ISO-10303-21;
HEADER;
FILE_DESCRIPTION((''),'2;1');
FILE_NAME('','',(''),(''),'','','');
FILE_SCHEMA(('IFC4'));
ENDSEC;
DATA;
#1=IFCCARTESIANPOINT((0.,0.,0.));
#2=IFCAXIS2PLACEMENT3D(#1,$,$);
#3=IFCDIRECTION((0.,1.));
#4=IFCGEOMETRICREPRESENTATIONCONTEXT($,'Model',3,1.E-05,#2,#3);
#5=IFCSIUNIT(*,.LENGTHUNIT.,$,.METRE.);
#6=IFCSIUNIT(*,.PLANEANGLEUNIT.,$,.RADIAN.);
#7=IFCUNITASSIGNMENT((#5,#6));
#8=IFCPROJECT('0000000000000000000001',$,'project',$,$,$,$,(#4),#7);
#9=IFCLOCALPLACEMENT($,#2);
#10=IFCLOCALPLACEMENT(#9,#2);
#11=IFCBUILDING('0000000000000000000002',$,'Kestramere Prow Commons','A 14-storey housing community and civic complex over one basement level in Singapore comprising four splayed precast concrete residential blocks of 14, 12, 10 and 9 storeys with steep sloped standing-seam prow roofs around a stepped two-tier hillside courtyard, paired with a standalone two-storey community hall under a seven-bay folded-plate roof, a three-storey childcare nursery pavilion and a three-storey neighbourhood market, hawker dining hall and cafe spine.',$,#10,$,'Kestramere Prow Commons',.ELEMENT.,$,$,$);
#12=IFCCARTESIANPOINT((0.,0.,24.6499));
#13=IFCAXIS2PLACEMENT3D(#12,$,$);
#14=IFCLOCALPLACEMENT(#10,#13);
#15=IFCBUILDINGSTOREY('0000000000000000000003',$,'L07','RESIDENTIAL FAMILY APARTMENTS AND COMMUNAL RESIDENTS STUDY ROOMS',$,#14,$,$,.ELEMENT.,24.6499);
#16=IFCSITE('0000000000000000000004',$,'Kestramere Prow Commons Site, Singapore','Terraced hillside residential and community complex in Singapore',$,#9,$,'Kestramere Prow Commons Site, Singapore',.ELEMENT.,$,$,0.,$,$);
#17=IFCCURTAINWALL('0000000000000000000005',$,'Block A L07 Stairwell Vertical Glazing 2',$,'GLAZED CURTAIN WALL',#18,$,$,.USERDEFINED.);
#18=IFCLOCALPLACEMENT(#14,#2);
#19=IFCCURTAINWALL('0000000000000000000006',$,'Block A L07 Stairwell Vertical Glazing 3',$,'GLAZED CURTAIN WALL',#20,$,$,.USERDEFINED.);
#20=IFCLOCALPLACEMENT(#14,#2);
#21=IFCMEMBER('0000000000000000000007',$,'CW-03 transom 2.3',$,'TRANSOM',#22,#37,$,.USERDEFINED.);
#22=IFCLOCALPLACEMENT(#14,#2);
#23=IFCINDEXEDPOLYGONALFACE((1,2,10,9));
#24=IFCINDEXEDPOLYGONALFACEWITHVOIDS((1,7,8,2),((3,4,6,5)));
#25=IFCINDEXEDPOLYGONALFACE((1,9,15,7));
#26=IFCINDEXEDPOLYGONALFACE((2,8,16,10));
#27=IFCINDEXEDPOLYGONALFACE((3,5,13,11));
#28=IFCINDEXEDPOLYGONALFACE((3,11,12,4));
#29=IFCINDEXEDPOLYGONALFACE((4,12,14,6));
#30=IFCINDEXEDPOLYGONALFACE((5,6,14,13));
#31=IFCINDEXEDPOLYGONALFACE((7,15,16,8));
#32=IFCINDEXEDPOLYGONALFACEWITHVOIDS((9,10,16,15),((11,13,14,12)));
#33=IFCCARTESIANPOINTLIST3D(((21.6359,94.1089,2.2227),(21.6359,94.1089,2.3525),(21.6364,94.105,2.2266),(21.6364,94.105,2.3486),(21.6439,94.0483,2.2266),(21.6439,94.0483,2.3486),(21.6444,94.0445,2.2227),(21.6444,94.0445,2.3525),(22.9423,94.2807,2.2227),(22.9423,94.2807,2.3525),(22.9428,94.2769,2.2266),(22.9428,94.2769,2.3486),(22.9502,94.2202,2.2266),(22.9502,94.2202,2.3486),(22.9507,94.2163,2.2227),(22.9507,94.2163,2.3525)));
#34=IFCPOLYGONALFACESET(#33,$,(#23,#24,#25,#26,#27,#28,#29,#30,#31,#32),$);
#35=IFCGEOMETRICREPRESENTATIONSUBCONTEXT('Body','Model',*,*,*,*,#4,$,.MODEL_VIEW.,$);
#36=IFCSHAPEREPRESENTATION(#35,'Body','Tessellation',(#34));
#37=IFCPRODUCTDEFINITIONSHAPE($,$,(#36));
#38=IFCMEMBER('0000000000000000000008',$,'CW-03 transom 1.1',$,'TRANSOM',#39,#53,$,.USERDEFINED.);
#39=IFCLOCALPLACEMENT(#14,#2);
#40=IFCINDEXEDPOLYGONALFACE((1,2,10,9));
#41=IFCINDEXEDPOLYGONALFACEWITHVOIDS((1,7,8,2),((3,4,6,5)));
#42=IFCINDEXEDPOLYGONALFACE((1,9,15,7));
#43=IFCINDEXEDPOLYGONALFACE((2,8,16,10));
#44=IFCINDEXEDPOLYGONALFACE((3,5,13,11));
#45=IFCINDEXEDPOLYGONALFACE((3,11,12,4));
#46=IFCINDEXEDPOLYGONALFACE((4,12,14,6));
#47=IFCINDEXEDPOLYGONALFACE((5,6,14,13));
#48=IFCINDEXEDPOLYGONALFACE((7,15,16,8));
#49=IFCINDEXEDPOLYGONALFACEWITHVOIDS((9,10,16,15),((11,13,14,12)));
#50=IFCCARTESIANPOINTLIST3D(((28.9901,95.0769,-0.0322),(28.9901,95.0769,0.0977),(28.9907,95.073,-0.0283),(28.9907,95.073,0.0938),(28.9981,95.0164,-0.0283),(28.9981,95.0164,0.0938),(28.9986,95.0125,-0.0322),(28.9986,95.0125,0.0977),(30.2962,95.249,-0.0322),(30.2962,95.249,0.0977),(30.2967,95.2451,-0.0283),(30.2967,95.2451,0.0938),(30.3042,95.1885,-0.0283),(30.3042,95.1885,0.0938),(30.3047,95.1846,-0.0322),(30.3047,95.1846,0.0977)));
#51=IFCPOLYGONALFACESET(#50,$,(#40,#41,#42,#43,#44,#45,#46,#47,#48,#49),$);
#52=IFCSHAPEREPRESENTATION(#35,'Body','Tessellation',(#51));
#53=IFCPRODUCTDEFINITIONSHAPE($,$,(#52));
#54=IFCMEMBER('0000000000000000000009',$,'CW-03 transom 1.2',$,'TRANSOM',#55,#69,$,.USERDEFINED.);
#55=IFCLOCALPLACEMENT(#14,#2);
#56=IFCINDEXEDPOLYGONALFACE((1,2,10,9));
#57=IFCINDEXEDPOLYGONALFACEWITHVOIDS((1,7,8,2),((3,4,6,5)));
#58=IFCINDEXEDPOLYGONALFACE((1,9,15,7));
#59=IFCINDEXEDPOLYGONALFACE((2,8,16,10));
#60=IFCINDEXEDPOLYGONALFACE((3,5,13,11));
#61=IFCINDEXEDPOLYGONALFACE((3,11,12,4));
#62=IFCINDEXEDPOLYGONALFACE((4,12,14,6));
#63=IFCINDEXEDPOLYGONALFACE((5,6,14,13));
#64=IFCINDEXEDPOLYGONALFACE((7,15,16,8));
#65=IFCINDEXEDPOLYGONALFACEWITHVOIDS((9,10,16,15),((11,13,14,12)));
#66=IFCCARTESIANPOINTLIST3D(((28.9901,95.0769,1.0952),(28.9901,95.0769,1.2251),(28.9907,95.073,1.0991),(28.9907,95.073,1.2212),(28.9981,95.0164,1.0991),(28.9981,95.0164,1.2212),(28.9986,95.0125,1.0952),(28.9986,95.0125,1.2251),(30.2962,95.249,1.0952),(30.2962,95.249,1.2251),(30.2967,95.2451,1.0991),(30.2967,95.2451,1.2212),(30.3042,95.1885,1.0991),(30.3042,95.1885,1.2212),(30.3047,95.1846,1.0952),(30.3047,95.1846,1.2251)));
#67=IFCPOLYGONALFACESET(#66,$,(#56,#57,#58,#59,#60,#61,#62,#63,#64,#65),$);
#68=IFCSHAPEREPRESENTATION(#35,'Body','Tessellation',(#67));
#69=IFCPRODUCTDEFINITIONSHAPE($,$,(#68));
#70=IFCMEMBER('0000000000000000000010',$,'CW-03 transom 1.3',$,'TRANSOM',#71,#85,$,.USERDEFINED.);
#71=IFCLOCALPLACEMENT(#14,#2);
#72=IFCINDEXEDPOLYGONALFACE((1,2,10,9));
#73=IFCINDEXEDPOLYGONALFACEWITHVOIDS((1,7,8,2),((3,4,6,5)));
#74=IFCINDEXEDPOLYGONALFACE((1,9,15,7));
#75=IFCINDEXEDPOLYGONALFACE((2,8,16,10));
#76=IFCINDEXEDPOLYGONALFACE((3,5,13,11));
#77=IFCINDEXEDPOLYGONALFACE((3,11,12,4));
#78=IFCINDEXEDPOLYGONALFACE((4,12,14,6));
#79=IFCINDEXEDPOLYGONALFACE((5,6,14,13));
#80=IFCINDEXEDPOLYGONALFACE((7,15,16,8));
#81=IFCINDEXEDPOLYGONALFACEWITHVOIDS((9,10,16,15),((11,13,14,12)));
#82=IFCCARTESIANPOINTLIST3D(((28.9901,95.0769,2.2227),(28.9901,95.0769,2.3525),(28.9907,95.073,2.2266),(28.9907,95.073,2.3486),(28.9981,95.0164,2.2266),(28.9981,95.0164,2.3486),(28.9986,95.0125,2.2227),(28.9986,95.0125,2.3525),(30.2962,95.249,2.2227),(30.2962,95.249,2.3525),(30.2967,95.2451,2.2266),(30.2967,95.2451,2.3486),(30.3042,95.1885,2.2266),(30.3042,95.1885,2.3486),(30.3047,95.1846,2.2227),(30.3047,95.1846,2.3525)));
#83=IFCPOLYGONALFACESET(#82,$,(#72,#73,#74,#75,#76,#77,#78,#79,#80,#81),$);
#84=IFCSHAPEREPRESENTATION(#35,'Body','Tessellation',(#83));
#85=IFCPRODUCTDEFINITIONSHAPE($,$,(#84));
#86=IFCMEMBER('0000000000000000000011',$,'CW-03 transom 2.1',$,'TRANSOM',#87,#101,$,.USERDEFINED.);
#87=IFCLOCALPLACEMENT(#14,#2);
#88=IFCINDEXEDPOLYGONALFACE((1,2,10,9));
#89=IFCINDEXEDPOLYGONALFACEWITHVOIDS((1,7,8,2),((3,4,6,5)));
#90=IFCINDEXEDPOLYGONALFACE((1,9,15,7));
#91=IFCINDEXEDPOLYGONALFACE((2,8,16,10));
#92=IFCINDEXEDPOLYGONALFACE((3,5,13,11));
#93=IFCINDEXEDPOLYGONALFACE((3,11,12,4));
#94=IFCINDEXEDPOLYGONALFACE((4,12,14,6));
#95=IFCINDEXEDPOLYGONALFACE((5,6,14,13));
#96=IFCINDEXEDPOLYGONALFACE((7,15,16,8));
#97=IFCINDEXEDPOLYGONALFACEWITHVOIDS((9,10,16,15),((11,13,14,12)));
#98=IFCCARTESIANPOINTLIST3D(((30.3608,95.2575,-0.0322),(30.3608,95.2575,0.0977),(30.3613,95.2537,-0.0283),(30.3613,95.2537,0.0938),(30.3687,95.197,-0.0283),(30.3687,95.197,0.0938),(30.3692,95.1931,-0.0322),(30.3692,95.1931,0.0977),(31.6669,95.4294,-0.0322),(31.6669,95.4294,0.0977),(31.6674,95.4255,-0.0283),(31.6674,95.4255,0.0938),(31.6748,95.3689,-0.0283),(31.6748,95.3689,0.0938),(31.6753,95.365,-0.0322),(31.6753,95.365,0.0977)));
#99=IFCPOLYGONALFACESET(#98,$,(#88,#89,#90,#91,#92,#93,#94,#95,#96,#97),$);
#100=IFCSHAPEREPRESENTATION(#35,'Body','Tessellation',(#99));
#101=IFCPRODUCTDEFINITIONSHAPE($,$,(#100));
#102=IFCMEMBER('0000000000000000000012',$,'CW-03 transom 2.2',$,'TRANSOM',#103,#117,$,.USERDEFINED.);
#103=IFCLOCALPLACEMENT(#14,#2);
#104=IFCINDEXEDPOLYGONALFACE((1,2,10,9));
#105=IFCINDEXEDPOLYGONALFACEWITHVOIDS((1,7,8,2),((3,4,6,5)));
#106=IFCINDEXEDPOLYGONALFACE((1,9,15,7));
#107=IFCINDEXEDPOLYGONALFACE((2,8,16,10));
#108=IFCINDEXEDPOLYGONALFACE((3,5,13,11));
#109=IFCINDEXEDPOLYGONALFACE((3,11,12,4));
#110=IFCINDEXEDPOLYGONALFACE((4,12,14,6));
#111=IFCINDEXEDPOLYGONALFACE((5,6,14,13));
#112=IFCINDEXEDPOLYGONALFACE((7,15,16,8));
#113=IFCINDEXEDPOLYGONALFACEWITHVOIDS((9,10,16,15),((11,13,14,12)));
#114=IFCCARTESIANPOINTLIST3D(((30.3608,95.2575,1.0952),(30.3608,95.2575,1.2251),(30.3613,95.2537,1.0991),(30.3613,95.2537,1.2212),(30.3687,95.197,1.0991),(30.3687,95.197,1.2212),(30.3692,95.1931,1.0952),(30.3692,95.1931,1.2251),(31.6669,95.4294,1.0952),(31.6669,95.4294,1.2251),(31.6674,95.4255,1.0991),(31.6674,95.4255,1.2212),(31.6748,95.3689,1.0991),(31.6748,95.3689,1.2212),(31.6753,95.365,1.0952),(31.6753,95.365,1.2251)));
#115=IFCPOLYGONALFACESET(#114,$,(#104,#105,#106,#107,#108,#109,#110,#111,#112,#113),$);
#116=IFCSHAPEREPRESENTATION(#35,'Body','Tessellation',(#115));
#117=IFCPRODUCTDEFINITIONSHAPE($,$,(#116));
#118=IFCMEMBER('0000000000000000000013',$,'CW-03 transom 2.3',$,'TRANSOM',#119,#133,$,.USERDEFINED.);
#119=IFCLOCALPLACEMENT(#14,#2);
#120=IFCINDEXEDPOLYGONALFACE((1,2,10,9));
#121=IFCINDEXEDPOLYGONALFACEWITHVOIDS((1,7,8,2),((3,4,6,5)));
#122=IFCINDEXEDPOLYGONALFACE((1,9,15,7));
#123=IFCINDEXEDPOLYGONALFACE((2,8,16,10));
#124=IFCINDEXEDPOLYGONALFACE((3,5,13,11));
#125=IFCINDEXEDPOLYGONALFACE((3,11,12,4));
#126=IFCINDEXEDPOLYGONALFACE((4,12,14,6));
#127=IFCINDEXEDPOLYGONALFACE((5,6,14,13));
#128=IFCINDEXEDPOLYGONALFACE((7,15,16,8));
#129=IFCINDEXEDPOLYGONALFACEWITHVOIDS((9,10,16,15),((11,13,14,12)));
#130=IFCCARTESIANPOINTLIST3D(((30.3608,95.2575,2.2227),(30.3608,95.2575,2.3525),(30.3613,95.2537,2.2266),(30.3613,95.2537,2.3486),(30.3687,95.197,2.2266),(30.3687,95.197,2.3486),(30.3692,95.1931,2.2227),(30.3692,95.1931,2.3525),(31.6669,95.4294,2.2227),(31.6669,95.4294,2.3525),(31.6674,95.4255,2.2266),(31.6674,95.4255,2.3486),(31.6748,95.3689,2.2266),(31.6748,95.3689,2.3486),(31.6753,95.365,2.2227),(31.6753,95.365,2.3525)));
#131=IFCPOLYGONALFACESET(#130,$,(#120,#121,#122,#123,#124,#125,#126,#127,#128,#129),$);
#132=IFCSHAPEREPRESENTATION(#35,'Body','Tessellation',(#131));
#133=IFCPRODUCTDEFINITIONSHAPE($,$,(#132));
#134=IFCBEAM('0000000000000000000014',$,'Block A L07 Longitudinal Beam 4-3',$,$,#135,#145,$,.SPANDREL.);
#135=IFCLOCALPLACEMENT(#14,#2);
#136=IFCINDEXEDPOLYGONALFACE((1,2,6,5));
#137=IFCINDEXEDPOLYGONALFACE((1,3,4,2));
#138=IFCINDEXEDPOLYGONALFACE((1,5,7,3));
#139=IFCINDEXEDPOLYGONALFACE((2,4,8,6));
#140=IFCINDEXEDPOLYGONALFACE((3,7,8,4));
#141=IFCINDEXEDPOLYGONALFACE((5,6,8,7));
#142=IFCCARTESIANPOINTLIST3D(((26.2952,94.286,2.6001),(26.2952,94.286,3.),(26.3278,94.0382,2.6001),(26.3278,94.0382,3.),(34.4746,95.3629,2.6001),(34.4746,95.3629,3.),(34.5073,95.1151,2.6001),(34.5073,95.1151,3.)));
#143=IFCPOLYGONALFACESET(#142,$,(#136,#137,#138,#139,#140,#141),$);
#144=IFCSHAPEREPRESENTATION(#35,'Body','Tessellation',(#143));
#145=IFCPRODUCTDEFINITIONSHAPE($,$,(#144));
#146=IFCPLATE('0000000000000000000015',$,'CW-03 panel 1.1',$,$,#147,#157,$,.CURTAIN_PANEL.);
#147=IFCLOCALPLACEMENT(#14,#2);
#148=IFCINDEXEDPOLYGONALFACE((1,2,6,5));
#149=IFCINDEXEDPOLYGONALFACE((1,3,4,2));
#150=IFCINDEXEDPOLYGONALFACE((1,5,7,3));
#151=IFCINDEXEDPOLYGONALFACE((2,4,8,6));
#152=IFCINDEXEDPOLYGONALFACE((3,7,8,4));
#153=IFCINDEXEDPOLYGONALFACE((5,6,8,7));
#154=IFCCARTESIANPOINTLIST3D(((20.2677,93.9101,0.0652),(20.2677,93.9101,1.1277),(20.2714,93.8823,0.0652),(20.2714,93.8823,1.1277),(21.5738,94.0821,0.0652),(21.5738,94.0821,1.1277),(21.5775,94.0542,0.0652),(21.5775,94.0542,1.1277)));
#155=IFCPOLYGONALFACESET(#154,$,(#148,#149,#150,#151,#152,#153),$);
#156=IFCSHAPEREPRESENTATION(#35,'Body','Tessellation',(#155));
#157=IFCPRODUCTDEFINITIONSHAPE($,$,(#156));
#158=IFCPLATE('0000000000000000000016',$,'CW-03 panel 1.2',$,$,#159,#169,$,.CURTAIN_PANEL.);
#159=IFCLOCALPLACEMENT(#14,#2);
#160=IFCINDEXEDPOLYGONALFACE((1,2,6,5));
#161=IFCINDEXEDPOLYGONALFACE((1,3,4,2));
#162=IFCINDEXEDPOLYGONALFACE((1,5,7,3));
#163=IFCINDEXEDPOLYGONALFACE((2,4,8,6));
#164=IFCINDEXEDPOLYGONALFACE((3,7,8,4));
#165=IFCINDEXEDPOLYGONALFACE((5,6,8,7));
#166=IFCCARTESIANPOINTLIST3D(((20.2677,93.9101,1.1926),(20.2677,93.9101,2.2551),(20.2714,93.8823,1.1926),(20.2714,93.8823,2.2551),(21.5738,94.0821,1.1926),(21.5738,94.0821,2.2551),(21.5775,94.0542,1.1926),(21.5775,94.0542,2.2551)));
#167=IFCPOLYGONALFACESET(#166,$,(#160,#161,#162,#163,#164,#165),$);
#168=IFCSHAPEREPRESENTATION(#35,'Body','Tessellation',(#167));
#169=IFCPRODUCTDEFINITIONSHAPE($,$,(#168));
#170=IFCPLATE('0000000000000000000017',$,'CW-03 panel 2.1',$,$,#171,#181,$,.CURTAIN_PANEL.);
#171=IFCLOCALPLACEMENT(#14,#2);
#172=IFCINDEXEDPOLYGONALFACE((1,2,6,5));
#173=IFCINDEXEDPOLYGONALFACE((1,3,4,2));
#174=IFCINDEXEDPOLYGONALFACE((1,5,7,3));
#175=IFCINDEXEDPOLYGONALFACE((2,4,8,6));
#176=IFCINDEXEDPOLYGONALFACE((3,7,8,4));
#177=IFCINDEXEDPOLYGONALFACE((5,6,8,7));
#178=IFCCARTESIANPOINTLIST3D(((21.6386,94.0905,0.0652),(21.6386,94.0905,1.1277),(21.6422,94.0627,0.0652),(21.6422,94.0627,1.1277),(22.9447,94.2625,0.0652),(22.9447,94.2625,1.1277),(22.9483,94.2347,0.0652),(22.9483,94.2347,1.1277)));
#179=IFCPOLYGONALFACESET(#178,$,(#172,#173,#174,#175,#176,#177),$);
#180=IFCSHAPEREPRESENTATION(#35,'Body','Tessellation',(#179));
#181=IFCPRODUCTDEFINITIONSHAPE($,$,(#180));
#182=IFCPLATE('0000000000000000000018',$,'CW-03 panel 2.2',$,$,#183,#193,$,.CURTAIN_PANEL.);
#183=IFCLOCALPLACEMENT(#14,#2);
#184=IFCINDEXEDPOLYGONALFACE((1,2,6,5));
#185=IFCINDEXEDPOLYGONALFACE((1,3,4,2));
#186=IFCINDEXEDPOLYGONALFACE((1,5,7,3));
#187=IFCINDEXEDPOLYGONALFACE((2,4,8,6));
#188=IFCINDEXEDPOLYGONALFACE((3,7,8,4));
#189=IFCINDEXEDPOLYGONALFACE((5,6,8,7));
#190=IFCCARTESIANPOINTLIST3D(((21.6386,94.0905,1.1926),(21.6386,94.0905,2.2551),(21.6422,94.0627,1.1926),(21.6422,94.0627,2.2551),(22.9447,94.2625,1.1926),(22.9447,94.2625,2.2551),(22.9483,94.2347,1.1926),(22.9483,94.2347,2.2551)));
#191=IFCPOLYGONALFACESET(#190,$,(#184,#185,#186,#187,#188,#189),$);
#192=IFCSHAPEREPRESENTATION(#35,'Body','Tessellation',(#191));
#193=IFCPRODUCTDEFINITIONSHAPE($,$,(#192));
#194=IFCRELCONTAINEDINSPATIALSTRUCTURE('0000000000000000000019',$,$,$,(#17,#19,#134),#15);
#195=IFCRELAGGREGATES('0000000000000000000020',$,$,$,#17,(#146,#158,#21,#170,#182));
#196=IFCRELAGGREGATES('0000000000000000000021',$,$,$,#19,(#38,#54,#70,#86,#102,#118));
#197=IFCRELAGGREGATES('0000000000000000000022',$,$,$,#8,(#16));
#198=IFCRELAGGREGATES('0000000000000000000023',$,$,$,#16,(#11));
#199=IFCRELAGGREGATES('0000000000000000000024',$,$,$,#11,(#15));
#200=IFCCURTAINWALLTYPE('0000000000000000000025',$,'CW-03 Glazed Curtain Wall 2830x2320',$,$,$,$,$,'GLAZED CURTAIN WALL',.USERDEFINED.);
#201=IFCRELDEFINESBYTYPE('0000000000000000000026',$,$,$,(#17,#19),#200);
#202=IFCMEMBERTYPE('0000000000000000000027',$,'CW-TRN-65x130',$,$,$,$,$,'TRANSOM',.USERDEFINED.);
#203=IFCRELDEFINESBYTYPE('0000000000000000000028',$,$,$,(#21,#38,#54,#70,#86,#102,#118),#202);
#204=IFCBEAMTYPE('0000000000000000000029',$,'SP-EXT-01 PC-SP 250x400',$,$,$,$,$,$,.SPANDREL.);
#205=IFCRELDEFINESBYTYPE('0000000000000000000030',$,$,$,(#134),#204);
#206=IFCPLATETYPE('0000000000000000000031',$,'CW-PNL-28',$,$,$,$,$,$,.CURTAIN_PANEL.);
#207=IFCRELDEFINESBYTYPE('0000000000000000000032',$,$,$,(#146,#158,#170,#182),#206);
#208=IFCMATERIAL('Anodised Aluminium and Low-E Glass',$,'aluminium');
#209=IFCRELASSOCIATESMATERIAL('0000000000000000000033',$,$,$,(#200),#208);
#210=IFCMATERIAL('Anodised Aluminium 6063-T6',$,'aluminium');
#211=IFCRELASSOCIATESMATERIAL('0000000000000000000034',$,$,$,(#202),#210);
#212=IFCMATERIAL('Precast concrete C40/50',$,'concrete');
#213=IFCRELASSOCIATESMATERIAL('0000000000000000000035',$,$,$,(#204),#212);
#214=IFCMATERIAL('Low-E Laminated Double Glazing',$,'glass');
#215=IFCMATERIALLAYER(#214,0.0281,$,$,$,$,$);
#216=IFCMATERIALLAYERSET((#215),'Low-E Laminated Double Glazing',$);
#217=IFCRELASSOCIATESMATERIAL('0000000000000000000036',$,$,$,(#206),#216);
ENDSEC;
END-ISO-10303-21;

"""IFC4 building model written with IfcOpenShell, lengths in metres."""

from ifc_helpers import new_model, si_unit, direction, frame, origin, origin_2d, place, context, subcontext, project, spatial, rectangle, hollow_rectangle, extrude, material, layer, layer_set, material_profile, profile_set, type_object, element, aggregate, save


model = new_model("IFC4")

# Units and contexts
model_context = context("Model", 3, precision=1e-05, world=origin(), true_north=direction((0.0, 1.0)))
body_context = subcontext(model_context, "Body", "Model", "MODEL_VIEW")
ifc_project = project(units=[si_unit("LENGTHUNIT", "METRE"), si_unit("PLANEANGLEUNIT", "RADIAN")], contexts=[model_context])

# Site, building, storey
site_placement = place(None, origin())
site = spatial("IfcSite", under=ifc_project, at=site_placement, Name="Kestramere Prow Commons Site, Singapore", Description="Terraced hillside residential and community complex in Singapore", LongName="Kestramere Prow Commons Site, Singapore", CompositionType="ELEMENT", RefElevation=0.0)
building_placement = place(site_placement, origin())
building = spatial("IfcBuilding", under=site, at=building_placement, Name="Kestramere Prow Commons", Description="A 14-storey housing community and civic complex over one basement level in Singapore comprising four splayed precast concrete residential blocks of 14, 12, 10 and 9 storeys with steep sloped standing-seam prow roofs around a stepped two-tier hillside courtyard, paired with a standalone two-storey community hall under a seven-bay folded-plate roof, a three-storey childcare nursery pavilion and a three-storey neighbourhood market, hawker dining hall and cafe spine.", LongName="Kestramere Prow Commons", CompositionType="ELEMENT")
storey_placement = place(building_placement, frame((0.0, 0.0, 24.6499)))
storey = spatial("IfcBuildingStorey", under=building, at=storey_placement, Name="L07", Description="RESIDENTIAL FAMILY APARTMENTS AND COMMUNAL RESIDENTS STUDY ROOMS", CompositionType="ELEMENT", Elevation=24.6499)

# Shared definitions
ifc_material_1 = material(Name="Precast concrete C40/50", Category="concrete")

# Curtain walls
ifc_material_2 = material(Name="Anodised Aluminium and Low-E Glass", Category="aluminium")
curtain_wall_type = type_object("IfcCurtainWallType", Name="CW-03 Glazed Curtain Wall 2830x2320", ElementType="GLAZED CURTAIN WALL", PredefinedType="USERDEFINED", material=ifc_material_2)
curtain_wall_1_placement = place(storey_placement, origin())
curtain_wall_1 = element("IfcCurtainWall", 1, at=curtain_wall_1_placement, inside=storey, type_object=curtain_wall_type, Name="Block A L07 Stairwell Vertical Glazing 2", ObjectType="GLAZED CURTAIN WALL", PredefinedType="USERDEFINED")
ifc_material_3 = material(Name="Anodised Aluminium 6063-T6", Category="aluminium")
curtain_wall_2_placement = place(storey_placement, origin())
curtain_wall_2 = element("IfcCurtainWall", 2, at=curtain_wall_2_placement, inside=storey, type_object=curtain_wall_type, Name="Block A L07 Stairwell Vertical Glazing 3", ObjectType="GLAZED CURTAIN WALL", PredefinedType="USERDEFINED")

# Members
ifc_material_profile_1 = material_profile(ifc_material_3, hollow_rectangle(XDim=0.0649, YDim=0.1299, WallThickness=0.0039, at=origin_2d()), Name="ALU-TRN 65x130")
ifc_profile_set_1 = profile_set([ifc_material_profile_1], Name="Anodised Aluminium 6063-T6")
member_type_1 = type_object("IfcMemberType", Name="CW-TRN-65x130", ElementType="TRANSOM", PredefinedType="USERDEFINED", material=ifc_profile_set_1)
member_1_placement = place(storey_placement, frame((21.6401, 94.0767, 2.2876), z_axis=(0.991456, 0.13044, 0.0), x_axis=(-0.13044, 0.991456, 0.0)))
member_1 = element("IfcMember", 3, at=member_1_placement, type_object=member_type_1, Name="CW-03 transom 2.3", ObjectType="TRANSOM", PredefinedType="USERDEFINED", context=body_context, shape_type="SweptSolid", body=[
    extrude(hollow_rectangle(XDim=0.0649, YDim=0.1299, WallThickness=0.0039, at=origin_2d()), origin(), (0.0, 0.0, 1.0), 1.3176),
])
member_2_placement = place(storey_placement, frame((28.9944, 95.0447, 0.0327), z_axis=(0.991429, 0.130646, 0.0), x_axis=(-0.130646, 0.991429, 0.0)))
member_2 = element("IfcMember", 4, at=member_2_placement, type_object=member_type_1, Name="CW-03 transom 1.1", ObjectType="TRANSOM", PredefinedType="USERDEFINED", context=body_context, shape_type="SweptSolid", body=[
    extrude(hollow_rectangle(XDim=0.0649, YDim=0.1299, WallThickness=0.0039, at=origin_2d()), origin(), (0.0, 0.0, 1.0), 1.3174),
])
member_3_placement = place(storey_placement, frame((28.9944, 95.0447, 1.1602), z_axis=(0.991429, 0.130646, 0.0), x_axis=(-0.130646, 0.991429, 0.0)))
member_3 = element("IfcMember", 5, at=member_3_placement, type_object=member_type_1, Name="CW-03 transom 1.2", ObjectType="TRANSOM", PredefinedType="USERDEFINED", context=body_context, shape_type="SweptSolid", body=[
    extrude(hollow_rectangle(XDim=0.0649, YDim=0.1299, WallThickness=0.0039, at=origin_2d()), origin(), (0.0, 0.0, 1.0), 1.3174),
])
member_4_placement = place(storey_placement, frame((28.9944, 95.0447, 2.2876), z_axis=(0.991429, 0.130646, 0.0), x_axis=(-0.130646, 0.991429, 0.0)))
member_4 = element("IfcMember", 6, at=member_4_placement, type_object=member_type_1, Name="CW-03 transom 1.3", ObjectType="TRANSOM", PredefinedType="USERDEFINED", context=body_context, shape_type="SweptSolid", body=[
    extrude(hollow_rectangle(XDim=0.0649, YDim=0.1299, WallThickness=0.0039, at=origin_2d()), origin(), (0.0, 0.0, 1.0), 1.3174),
])
member_5_placement = place(storey_placement, frame((30.365, 95.2253, 0.0327), z_axis=(0.991453, 0.130464, 0.0), x_axis=(-0.130464, 0.991453, 0.0)))
member_5 = element("IfcMember", 7, at=member_5_placement, type_object=member_type_1, Name="CW-03 transom 2.1", ObjectType="TRANSOM", PredefinedType="USERDEFINED", context=body_context, shape_type="SweptSolid", body=[
    extrude(hollow_rectangle(XDim=0.0649, YDim=0.1299, WallThickness=0.0039, at=origin_2d()), origin(), (0.0, 0.0, 1.0), 1.3174),
])
member_6_placement = place(storey_placement, frame((30.365, 95.2253, 1.1602), z_axis=(0.991453, 0.130464, 0.0), x_axis=(-0.130464, 0.991453, 0.0)))
member_6 = element("IfcMember", 8, at=member_6_placement, type_object=member_type_1, Name="CW-03 transom 2.2", ObjectType="TRANSOM", PredefinedType="USERDEFINED", context=body_context, shape_type="SweptSolid", body=[
    extrude(hollow_rectangle(XDim=0.0649, YDim=0.1299, WallThickness=0.0039, at=origin_2d()), origin(), (0.0, 0.0, 1.0), 1.3174),
])
member_7_placement = place(storey_placement, frame((30.365, 95.2253, 2.2876), z_axis=(0.991453, 0.130464, 0.0), x_axis=(-0.130464, 0.991453, 0.0)))
member_7 = element("IfcMember", 9, at=member_7_placement, type_object=member_type_1, Name="CW-03 transom 2.3", ObjectType="TRANSOM", PredefinedType="USERDEFINED", context=body_context, shape_type="SweptSolid", body=[
    extrude(hollow_rectangle(XDim=0.0649, YDim=0.1299, WallThickness=0.0039, at=origin_2d()), origin(), (0.0, 0.0, 1.0), 1.3174),
])

# Beam
ifc_material_profile_2 = material_profile(ifc_material_1, rectangle(XDim=0.25, YDim=0.3999, at=origin_2d()), Name="PC-SP 250x400")
ifc_profile_set_2 = profile_set([ifc_material_profile_2], Name="Precast concrete C40/50")
beam_type = type_object("IfcBeamType", Name="SP-EXT-01 PC-SP 250x400", PredefinedType="SPANDREL", material=ifc_profile_set_2)
beam_placement = place(storey_placement, frame((26.3115, 94.1621, 2.8), z_axis=(0.991444, 0.130533, 0.0), x_axis=(-0.130533, 0.991444, 0.0)))
element("IfcBeam", 10, at=beam_placement, inside=storey, type_object=beam_type, Name="Block A L07 Longitudinal Beam 4-3", PredefinedType="SPANDREL", context=body_context, shape_type="SweptSolid", body=[
    extrude(rectangle(XDim=0.25, YDim=0.3999, at=origin_2d()), origin(), (0.0, 0.0, 1.0), 8.25),
])

# Plates
ifc_material_4 = material(Name="Low-E Laminated Double Glazing", Category="glass")
ifc_layer_1 = layer(ifc_material_4, 0.0281)
ifc_layer_set_1 = layer_set([ifc_layer_1], Name="Low-E Laminated Double Glazing")
plate_type = type_object("IfcPlateType", Name="CW-PNL-28", PredefinedType="CURTAIN_PANEL", material=ifc_layer_set_1)
plate_1_placement = place(storey_placement, frame((20.9226, 93.9822, 0.0652), z_axis=(0.0, 0.0, 1.0), x_axis=(0.991445, 0.130526, 0.0)))
plate_1 = element("IfcPlate", 11, at=plate_1_placement, type_object=plate_type, Name="CW-03 panel 1.1", PredefinedType="CURTAIN_PANEL", context=body_context, shape_type="SweptSolid", body=[
    extrude(rectangle(XDim=1.3174, YDim=0.0281, at=origin_2d()), origin(), (0.0, 0.0, 1.0), 1.0625),
])
plate_2_placement = place(storey_placement, frame((20.9226, 93.9822, 1.1926), z_axis=(0.0, 0.0, 1.0), x_axis=(0.991445, 0.130526, 0.0)))
plate_2 = element("IfcPlate", 12, at=plate_2_placement, type_object=plate_type, Name="CW-03 panel 1.2", PredefinedType="CURTAIN_PANEL", context=body_context, shape_type="SweptSolid", body=[
    extrude(rectangle(XDim=1.3174, YDim=0.0281, at=origin_2d()), origin(), (0.0, 0.0, 1.0), 1.0625),
])
plate_3_placement = place(storey_placement, frame((22.2935, 94.1626, 0.0652), z_axis=(0.0, 0.0, 1.0), x_axis=(0.991445, 0.130526, 0.0)))
plate_3 = element("IfcPlate", 13, at=plate_3_placement, type_object=plate_type, Name="CW-03 panel 2.1", PredefinedType="CURTAIN_PANEL", context=body_context, shape_type="SweptSolid", body=[
    extrude(rectangle(XDim=1.3174, YDim=0.0281, at=origin_2d()), origin(), (0.0, 0.0, 1.0), 1.0625),
])
plate_4_placement = place(storey_placement, frame((22.2935, 94.1626, 1.1926), z_axis=(0.0, 0.0, 1.0), x_axis=(0.991445, 0.130526, 0.0)))
plate_4 = element("IfcPlate", 14, at=plate_4_placement, type_object=plate_type, Name="CW-03 panel 2.2", PredefinedType="CURTAIN_PANEL", context=body_context, shape_type="SweptSolid", body=[
    extrude(rectangle(XDim=1.3174, YDim=0.0281, at=origin_2d()), origin(), (0.0, 0.0, 1.0), 1.0625),
])
aggregate(curtain_wall_1, [plate_1, plate_2, member_1, plate_3, plate_4])
aggregate(curtain_wall_2, [member_2, member_3, member_4, member_5, member_6, member_7])

save(model, "model.ifc")
